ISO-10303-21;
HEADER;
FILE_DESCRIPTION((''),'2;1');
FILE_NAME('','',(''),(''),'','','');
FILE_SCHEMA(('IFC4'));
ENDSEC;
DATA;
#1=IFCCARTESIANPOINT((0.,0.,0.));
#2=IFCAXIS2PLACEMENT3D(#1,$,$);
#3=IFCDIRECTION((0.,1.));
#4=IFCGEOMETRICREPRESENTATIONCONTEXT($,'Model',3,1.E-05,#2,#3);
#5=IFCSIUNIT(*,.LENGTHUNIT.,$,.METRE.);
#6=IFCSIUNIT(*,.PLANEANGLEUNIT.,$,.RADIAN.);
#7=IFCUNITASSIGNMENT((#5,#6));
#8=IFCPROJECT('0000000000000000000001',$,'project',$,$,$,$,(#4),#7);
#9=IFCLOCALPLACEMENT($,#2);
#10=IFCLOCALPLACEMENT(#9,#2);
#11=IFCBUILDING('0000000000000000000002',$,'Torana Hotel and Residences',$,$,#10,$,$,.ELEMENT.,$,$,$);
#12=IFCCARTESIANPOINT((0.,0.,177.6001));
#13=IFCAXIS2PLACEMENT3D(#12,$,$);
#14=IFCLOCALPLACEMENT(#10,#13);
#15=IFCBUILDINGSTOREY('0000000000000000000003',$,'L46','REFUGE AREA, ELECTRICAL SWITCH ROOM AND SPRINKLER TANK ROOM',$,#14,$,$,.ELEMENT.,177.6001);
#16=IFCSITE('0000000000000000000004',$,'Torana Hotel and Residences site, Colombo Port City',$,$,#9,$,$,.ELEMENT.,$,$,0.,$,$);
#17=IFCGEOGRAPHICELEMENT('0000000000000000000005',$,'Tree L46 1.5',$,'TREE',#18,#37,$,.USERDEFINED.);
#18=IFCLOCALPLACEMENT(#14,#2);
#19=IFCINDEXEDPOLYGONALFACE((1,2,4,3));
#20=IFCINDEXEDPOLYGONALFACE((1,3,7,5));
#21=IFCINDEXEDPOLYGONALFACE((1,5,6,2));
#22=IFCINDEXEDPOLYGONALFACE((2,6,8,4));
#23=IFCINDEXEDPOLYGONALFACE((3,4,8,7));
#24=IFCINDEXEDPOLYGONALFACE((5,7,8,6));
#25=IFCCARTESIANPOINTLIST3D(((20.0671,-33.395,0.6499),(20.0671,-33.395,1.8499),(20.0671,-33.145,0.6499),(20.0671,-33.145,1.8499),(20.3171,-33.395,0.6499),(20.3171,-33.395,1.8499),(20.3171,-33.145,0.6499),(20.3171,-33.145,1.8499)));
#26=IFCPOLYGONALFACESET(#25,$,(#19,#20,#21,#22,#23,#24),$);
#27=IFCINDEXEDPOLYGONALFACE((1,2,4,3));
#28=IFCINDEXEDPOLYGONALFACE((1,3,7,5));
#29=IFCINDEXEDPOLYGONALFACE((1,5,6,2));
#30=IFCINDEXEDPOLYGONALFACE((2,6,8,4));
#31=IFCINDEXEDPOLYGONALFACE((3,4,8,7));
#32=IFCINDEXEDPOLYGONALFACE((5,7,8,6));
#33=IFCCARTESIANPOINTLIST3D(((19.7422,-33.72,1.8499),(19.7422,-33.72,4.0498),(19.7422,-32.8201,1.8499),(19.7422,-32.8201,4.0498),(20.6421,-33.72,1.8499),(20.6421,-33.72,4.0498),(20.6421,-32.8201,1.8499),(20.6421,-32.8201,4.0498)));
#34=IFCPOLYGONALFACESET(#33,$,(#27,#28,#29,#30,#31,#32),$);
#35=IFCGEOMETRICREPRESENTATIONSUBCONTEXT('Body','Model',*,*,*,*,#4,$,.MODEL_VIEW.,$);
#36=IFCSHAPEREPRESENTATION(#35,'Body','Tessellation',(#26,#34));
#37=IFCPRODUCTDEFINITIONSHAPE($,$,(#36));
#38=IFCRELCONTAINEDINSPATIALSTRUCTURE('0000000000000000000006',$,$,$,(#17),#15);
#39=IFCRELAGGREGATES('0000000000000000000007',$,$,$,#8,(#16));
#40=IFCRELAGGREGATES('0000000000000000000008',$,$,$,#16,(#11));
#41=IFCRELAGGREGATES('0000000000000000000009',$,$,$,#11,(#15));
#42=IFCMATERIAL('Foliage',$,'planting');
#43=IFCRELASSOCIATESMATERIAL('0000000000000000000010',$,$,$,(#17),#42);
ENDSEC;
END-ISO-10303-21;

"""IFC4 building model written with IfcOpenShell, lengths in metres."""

from ifc_helpers import new_model, si_unit, direction, frame, origin, origin_2d, place, context, subcontext, project, spatial, rectangle, extrude, material, element, save


model = new_model("IFC4")

# Units and contexts
model_context = context("Model", 3, precision=1e-05, world=origin(), true_north=direction((0.0, 1.0)))
body_context = subcontext(model_context, "Body", "Model", "MODEL_VIEW")
ifc_project = project(units=[si_unit("LENGTHUNIT", "METRE"), si_unit("PLANEANGLEUNIT", "RADIAN")], contexts=[model_context])

# Site, building, storey
site_placement = place(None, origin())
site = spatial("IfcSite", under=ifc_project, at=site_placement, Name="Torana Hotel and Residences site, Colombo Port City", CompositionType="ELEMENT", RefElevation=0.0)
building_placement = place(site_placement, origin())
building = spatial("IfcBuilding", under=site, at=building_placement, Name="Torana Hotel and Residences", CompositionType="ELEMENT")
storey_placement = place(building_placement, frame((0.0, 0.0, 177.6001)))
storey = spatial("IfcBuildingStorey", under=building, at=storey_placement, Name="L46", Description="REFUGE AREA, ELECTRICAL SWITCH ROOM AND SPRINKLER TANK ROOM", CompositionType="ELEMENT", Elevation=177.6001)

# Geographic element
ifc_material_1 = material(Name="Foliage", Category="planting")
geographic_element_placement = place(storey_placement, frame((20.1921, -33.27, 0.6499), z_axis=(0.0, 0.0, 1.0), x_axis=(1.0, 0.0, 0.0)))
element("IfcGeographicElement", 1, at=geographic_element_placement, inside=storey, material=ifc_material_1, Name="Tree L46 1.5", ObjectType="TREE", PredefinedType="USERDEFINED", context=body_context, shape_type="SweptSolid", body=[
    extrude(rectangle(XDim=0.25, YDim=0.25, at=origin_2d()), origin(), (0.0, 0.0, 1.0), 1.2),
    extrude(rectangle(XDim=0.8999, YDim=0.8999, at=origin_2d()), frame((0.0, 0.0, 1.2)), (0.0, 0.0, 1.0), 2.2),
])

save(model, "model.ifc")
